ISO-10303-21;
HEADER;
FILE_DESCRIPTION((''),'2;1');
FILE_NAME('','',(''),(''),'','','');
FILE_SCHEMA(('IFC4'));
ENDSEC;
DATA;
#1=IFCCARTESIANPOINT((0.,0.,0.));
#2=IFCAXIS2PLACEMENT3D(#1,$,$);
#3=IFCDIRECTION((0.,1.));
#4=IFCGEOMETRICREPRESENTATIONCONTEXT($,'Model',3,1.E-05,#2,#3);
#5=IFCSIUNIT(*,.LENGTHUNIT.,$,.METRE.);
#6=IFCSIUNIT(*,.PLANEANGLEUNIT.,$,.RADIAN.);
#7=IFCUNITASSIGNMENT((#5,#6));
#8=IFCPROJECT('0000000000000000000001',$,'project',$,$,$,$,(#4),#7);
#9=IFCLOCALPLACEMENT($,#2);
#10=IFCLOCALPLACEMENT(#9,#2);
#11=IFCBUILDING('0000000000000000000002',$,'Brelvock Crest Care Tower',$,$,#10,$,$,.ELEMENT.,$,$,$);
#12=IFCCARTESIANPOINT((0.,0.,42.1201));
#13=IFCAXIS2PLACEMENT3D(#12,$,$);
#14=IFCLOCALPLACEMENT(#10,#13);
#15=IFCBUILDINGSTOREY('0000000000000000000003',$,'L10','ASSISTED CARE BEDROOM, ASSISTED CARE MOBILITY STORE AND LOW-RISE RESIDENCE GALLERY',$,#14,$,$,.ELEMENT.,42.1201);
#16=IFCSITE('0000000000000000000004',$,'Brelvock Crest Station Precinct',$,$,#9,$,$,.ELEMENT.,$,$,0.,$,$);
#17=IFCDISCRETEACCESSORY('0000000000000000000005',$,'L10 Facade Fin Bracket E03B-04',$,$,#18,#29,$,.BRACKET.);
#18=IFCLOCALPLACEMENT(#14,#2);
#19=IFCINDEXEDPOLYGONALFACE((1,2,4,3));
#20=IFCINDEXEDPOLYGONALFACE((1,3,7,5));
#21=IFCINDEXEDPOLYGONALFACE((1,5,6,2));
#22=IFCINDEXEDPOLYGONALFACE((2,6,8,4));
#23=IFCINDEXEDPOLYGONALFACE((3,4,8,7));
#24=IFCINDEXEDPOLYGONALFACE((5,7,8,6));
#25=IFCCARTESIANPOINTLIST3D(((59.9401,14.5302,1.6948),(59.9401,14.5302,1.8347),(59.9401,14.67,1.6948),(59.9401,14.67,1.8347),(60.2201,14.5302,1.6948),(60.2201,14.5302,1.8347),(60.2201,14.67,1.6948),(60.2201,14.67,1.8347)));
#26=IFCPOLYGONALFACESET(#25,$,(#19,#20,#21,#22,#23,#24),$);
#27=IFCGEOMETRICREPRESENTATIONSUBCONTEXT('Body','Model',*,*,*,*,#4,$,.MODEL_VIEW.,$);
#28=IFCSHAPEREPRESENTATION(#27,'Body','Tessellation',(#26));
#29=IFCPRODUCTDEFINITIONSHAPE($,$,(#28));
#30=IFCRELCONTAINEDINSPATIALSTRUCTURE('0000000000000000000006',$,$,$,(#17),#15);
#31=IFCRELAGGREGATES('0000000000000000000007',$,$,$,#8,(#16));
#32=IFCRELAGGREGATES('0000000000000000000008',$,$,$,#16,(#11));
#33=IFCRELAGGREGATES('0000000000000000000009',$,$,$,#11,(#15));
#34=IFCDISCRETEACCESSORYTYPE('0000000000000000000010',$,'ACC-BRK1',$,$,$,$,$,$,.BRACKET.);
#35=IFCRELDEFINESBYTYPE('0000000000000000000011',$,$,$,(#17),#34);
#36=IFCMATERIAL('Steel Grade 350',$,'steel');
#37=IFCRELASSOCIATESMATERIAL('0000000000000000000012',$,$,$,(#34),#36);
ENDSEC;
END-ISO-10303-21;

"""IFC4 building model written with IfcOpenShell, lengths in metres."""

from ifc_helpers import new_model, si_unit, direction, frame, origin, origin_2d, place, context, subcontext, project, spatial, rectangle, extrude, source, transform, mapped, material, type_object, element, save


model = new_model("IFC4")

# Units and contexts
model_context = context("Model", 3, precision=1e-05, world=origin(), true_north=direction((0.0, 1.0)))
body_context = subcontext(model_context, "Body", "Model", "MODEL_VIEW")
ifc_project = project(units=[si_unit("LENGTHUNIT", "METRE"), si_unit("PLANEANGLEUNIT", "RADIAN")], contexts=[model_context])

# Site, building, storey
site_placement = place(None, origin())
site = spatial("IfcSite", under=ifc_project, at=site_placement, Name="Brelvock Crest Station Precinct", CompositionType="ELEMENT", RefElevation=0.0)
building_placement = place(site_placement, origin())
building = spatial("IfcBuilding", under=site, at=building_placement, Name="Brelvock Crest Care Tower", CompositionType="ELEMENT")
storey_placement = place(building_placement, frame((0.0, 0.0, 42.1201)))
storey = spatial("IfcBuildingStorey", under=building, at=storey_placement, Name="L10", Description="ASSISTED CARE BEDROOM, ASSISTED CARE MOBILITY STORE AND LOW-RISE RESIDENCE GALLERY", CompositionType="ELEMENT", Elevation=42.1201)

# Shared definitions
ifc_material_1 = material(Name="Steel Grade 350", Category="steel")

# Discrete accessory
discrete_accessory_type = type_object("IfcDiscreteAccessoryType", Name="ACC-BRK1", PredefinedType="BRACKET", material=ifc_material_1)
shared_shape_1 = source(origin(), body_context, "Body", "SweptSolid", [
    extrude(rectangle(XDim=0.28, YDim=0.1399, at=origin_2d()), origin(), (0.0, 0.0, 1.0), 0.1399),
])
discrete_accessory_placement = place(storey_placement, frame((60.0801, 14.6001, 1.6948), z_axis=(0.0, 0.0, 1.0), x_axis=(1.0, 0.0, 0.0)))
element("IfcDiscreteAccessory", 1, at=discrete_accessory_placement, inside=storey, type_object=discrete_accessory_type, Name="L10 Facade Fin Bracket E03B-04", PredefinedType="BRACKET", context=body_context, shape_type="MappedRepresentation", body=[
    mapped(shared_shape_1, transform((0.0, 0.0, 0.0), x_axis=(1.0, 0.0, 0.0), y_axis=(0.0, 1.0, 0.0), z_axis=(0.0, 0.0, 1.0), scale=1.0)),
])

save(model, "model.ifc")
